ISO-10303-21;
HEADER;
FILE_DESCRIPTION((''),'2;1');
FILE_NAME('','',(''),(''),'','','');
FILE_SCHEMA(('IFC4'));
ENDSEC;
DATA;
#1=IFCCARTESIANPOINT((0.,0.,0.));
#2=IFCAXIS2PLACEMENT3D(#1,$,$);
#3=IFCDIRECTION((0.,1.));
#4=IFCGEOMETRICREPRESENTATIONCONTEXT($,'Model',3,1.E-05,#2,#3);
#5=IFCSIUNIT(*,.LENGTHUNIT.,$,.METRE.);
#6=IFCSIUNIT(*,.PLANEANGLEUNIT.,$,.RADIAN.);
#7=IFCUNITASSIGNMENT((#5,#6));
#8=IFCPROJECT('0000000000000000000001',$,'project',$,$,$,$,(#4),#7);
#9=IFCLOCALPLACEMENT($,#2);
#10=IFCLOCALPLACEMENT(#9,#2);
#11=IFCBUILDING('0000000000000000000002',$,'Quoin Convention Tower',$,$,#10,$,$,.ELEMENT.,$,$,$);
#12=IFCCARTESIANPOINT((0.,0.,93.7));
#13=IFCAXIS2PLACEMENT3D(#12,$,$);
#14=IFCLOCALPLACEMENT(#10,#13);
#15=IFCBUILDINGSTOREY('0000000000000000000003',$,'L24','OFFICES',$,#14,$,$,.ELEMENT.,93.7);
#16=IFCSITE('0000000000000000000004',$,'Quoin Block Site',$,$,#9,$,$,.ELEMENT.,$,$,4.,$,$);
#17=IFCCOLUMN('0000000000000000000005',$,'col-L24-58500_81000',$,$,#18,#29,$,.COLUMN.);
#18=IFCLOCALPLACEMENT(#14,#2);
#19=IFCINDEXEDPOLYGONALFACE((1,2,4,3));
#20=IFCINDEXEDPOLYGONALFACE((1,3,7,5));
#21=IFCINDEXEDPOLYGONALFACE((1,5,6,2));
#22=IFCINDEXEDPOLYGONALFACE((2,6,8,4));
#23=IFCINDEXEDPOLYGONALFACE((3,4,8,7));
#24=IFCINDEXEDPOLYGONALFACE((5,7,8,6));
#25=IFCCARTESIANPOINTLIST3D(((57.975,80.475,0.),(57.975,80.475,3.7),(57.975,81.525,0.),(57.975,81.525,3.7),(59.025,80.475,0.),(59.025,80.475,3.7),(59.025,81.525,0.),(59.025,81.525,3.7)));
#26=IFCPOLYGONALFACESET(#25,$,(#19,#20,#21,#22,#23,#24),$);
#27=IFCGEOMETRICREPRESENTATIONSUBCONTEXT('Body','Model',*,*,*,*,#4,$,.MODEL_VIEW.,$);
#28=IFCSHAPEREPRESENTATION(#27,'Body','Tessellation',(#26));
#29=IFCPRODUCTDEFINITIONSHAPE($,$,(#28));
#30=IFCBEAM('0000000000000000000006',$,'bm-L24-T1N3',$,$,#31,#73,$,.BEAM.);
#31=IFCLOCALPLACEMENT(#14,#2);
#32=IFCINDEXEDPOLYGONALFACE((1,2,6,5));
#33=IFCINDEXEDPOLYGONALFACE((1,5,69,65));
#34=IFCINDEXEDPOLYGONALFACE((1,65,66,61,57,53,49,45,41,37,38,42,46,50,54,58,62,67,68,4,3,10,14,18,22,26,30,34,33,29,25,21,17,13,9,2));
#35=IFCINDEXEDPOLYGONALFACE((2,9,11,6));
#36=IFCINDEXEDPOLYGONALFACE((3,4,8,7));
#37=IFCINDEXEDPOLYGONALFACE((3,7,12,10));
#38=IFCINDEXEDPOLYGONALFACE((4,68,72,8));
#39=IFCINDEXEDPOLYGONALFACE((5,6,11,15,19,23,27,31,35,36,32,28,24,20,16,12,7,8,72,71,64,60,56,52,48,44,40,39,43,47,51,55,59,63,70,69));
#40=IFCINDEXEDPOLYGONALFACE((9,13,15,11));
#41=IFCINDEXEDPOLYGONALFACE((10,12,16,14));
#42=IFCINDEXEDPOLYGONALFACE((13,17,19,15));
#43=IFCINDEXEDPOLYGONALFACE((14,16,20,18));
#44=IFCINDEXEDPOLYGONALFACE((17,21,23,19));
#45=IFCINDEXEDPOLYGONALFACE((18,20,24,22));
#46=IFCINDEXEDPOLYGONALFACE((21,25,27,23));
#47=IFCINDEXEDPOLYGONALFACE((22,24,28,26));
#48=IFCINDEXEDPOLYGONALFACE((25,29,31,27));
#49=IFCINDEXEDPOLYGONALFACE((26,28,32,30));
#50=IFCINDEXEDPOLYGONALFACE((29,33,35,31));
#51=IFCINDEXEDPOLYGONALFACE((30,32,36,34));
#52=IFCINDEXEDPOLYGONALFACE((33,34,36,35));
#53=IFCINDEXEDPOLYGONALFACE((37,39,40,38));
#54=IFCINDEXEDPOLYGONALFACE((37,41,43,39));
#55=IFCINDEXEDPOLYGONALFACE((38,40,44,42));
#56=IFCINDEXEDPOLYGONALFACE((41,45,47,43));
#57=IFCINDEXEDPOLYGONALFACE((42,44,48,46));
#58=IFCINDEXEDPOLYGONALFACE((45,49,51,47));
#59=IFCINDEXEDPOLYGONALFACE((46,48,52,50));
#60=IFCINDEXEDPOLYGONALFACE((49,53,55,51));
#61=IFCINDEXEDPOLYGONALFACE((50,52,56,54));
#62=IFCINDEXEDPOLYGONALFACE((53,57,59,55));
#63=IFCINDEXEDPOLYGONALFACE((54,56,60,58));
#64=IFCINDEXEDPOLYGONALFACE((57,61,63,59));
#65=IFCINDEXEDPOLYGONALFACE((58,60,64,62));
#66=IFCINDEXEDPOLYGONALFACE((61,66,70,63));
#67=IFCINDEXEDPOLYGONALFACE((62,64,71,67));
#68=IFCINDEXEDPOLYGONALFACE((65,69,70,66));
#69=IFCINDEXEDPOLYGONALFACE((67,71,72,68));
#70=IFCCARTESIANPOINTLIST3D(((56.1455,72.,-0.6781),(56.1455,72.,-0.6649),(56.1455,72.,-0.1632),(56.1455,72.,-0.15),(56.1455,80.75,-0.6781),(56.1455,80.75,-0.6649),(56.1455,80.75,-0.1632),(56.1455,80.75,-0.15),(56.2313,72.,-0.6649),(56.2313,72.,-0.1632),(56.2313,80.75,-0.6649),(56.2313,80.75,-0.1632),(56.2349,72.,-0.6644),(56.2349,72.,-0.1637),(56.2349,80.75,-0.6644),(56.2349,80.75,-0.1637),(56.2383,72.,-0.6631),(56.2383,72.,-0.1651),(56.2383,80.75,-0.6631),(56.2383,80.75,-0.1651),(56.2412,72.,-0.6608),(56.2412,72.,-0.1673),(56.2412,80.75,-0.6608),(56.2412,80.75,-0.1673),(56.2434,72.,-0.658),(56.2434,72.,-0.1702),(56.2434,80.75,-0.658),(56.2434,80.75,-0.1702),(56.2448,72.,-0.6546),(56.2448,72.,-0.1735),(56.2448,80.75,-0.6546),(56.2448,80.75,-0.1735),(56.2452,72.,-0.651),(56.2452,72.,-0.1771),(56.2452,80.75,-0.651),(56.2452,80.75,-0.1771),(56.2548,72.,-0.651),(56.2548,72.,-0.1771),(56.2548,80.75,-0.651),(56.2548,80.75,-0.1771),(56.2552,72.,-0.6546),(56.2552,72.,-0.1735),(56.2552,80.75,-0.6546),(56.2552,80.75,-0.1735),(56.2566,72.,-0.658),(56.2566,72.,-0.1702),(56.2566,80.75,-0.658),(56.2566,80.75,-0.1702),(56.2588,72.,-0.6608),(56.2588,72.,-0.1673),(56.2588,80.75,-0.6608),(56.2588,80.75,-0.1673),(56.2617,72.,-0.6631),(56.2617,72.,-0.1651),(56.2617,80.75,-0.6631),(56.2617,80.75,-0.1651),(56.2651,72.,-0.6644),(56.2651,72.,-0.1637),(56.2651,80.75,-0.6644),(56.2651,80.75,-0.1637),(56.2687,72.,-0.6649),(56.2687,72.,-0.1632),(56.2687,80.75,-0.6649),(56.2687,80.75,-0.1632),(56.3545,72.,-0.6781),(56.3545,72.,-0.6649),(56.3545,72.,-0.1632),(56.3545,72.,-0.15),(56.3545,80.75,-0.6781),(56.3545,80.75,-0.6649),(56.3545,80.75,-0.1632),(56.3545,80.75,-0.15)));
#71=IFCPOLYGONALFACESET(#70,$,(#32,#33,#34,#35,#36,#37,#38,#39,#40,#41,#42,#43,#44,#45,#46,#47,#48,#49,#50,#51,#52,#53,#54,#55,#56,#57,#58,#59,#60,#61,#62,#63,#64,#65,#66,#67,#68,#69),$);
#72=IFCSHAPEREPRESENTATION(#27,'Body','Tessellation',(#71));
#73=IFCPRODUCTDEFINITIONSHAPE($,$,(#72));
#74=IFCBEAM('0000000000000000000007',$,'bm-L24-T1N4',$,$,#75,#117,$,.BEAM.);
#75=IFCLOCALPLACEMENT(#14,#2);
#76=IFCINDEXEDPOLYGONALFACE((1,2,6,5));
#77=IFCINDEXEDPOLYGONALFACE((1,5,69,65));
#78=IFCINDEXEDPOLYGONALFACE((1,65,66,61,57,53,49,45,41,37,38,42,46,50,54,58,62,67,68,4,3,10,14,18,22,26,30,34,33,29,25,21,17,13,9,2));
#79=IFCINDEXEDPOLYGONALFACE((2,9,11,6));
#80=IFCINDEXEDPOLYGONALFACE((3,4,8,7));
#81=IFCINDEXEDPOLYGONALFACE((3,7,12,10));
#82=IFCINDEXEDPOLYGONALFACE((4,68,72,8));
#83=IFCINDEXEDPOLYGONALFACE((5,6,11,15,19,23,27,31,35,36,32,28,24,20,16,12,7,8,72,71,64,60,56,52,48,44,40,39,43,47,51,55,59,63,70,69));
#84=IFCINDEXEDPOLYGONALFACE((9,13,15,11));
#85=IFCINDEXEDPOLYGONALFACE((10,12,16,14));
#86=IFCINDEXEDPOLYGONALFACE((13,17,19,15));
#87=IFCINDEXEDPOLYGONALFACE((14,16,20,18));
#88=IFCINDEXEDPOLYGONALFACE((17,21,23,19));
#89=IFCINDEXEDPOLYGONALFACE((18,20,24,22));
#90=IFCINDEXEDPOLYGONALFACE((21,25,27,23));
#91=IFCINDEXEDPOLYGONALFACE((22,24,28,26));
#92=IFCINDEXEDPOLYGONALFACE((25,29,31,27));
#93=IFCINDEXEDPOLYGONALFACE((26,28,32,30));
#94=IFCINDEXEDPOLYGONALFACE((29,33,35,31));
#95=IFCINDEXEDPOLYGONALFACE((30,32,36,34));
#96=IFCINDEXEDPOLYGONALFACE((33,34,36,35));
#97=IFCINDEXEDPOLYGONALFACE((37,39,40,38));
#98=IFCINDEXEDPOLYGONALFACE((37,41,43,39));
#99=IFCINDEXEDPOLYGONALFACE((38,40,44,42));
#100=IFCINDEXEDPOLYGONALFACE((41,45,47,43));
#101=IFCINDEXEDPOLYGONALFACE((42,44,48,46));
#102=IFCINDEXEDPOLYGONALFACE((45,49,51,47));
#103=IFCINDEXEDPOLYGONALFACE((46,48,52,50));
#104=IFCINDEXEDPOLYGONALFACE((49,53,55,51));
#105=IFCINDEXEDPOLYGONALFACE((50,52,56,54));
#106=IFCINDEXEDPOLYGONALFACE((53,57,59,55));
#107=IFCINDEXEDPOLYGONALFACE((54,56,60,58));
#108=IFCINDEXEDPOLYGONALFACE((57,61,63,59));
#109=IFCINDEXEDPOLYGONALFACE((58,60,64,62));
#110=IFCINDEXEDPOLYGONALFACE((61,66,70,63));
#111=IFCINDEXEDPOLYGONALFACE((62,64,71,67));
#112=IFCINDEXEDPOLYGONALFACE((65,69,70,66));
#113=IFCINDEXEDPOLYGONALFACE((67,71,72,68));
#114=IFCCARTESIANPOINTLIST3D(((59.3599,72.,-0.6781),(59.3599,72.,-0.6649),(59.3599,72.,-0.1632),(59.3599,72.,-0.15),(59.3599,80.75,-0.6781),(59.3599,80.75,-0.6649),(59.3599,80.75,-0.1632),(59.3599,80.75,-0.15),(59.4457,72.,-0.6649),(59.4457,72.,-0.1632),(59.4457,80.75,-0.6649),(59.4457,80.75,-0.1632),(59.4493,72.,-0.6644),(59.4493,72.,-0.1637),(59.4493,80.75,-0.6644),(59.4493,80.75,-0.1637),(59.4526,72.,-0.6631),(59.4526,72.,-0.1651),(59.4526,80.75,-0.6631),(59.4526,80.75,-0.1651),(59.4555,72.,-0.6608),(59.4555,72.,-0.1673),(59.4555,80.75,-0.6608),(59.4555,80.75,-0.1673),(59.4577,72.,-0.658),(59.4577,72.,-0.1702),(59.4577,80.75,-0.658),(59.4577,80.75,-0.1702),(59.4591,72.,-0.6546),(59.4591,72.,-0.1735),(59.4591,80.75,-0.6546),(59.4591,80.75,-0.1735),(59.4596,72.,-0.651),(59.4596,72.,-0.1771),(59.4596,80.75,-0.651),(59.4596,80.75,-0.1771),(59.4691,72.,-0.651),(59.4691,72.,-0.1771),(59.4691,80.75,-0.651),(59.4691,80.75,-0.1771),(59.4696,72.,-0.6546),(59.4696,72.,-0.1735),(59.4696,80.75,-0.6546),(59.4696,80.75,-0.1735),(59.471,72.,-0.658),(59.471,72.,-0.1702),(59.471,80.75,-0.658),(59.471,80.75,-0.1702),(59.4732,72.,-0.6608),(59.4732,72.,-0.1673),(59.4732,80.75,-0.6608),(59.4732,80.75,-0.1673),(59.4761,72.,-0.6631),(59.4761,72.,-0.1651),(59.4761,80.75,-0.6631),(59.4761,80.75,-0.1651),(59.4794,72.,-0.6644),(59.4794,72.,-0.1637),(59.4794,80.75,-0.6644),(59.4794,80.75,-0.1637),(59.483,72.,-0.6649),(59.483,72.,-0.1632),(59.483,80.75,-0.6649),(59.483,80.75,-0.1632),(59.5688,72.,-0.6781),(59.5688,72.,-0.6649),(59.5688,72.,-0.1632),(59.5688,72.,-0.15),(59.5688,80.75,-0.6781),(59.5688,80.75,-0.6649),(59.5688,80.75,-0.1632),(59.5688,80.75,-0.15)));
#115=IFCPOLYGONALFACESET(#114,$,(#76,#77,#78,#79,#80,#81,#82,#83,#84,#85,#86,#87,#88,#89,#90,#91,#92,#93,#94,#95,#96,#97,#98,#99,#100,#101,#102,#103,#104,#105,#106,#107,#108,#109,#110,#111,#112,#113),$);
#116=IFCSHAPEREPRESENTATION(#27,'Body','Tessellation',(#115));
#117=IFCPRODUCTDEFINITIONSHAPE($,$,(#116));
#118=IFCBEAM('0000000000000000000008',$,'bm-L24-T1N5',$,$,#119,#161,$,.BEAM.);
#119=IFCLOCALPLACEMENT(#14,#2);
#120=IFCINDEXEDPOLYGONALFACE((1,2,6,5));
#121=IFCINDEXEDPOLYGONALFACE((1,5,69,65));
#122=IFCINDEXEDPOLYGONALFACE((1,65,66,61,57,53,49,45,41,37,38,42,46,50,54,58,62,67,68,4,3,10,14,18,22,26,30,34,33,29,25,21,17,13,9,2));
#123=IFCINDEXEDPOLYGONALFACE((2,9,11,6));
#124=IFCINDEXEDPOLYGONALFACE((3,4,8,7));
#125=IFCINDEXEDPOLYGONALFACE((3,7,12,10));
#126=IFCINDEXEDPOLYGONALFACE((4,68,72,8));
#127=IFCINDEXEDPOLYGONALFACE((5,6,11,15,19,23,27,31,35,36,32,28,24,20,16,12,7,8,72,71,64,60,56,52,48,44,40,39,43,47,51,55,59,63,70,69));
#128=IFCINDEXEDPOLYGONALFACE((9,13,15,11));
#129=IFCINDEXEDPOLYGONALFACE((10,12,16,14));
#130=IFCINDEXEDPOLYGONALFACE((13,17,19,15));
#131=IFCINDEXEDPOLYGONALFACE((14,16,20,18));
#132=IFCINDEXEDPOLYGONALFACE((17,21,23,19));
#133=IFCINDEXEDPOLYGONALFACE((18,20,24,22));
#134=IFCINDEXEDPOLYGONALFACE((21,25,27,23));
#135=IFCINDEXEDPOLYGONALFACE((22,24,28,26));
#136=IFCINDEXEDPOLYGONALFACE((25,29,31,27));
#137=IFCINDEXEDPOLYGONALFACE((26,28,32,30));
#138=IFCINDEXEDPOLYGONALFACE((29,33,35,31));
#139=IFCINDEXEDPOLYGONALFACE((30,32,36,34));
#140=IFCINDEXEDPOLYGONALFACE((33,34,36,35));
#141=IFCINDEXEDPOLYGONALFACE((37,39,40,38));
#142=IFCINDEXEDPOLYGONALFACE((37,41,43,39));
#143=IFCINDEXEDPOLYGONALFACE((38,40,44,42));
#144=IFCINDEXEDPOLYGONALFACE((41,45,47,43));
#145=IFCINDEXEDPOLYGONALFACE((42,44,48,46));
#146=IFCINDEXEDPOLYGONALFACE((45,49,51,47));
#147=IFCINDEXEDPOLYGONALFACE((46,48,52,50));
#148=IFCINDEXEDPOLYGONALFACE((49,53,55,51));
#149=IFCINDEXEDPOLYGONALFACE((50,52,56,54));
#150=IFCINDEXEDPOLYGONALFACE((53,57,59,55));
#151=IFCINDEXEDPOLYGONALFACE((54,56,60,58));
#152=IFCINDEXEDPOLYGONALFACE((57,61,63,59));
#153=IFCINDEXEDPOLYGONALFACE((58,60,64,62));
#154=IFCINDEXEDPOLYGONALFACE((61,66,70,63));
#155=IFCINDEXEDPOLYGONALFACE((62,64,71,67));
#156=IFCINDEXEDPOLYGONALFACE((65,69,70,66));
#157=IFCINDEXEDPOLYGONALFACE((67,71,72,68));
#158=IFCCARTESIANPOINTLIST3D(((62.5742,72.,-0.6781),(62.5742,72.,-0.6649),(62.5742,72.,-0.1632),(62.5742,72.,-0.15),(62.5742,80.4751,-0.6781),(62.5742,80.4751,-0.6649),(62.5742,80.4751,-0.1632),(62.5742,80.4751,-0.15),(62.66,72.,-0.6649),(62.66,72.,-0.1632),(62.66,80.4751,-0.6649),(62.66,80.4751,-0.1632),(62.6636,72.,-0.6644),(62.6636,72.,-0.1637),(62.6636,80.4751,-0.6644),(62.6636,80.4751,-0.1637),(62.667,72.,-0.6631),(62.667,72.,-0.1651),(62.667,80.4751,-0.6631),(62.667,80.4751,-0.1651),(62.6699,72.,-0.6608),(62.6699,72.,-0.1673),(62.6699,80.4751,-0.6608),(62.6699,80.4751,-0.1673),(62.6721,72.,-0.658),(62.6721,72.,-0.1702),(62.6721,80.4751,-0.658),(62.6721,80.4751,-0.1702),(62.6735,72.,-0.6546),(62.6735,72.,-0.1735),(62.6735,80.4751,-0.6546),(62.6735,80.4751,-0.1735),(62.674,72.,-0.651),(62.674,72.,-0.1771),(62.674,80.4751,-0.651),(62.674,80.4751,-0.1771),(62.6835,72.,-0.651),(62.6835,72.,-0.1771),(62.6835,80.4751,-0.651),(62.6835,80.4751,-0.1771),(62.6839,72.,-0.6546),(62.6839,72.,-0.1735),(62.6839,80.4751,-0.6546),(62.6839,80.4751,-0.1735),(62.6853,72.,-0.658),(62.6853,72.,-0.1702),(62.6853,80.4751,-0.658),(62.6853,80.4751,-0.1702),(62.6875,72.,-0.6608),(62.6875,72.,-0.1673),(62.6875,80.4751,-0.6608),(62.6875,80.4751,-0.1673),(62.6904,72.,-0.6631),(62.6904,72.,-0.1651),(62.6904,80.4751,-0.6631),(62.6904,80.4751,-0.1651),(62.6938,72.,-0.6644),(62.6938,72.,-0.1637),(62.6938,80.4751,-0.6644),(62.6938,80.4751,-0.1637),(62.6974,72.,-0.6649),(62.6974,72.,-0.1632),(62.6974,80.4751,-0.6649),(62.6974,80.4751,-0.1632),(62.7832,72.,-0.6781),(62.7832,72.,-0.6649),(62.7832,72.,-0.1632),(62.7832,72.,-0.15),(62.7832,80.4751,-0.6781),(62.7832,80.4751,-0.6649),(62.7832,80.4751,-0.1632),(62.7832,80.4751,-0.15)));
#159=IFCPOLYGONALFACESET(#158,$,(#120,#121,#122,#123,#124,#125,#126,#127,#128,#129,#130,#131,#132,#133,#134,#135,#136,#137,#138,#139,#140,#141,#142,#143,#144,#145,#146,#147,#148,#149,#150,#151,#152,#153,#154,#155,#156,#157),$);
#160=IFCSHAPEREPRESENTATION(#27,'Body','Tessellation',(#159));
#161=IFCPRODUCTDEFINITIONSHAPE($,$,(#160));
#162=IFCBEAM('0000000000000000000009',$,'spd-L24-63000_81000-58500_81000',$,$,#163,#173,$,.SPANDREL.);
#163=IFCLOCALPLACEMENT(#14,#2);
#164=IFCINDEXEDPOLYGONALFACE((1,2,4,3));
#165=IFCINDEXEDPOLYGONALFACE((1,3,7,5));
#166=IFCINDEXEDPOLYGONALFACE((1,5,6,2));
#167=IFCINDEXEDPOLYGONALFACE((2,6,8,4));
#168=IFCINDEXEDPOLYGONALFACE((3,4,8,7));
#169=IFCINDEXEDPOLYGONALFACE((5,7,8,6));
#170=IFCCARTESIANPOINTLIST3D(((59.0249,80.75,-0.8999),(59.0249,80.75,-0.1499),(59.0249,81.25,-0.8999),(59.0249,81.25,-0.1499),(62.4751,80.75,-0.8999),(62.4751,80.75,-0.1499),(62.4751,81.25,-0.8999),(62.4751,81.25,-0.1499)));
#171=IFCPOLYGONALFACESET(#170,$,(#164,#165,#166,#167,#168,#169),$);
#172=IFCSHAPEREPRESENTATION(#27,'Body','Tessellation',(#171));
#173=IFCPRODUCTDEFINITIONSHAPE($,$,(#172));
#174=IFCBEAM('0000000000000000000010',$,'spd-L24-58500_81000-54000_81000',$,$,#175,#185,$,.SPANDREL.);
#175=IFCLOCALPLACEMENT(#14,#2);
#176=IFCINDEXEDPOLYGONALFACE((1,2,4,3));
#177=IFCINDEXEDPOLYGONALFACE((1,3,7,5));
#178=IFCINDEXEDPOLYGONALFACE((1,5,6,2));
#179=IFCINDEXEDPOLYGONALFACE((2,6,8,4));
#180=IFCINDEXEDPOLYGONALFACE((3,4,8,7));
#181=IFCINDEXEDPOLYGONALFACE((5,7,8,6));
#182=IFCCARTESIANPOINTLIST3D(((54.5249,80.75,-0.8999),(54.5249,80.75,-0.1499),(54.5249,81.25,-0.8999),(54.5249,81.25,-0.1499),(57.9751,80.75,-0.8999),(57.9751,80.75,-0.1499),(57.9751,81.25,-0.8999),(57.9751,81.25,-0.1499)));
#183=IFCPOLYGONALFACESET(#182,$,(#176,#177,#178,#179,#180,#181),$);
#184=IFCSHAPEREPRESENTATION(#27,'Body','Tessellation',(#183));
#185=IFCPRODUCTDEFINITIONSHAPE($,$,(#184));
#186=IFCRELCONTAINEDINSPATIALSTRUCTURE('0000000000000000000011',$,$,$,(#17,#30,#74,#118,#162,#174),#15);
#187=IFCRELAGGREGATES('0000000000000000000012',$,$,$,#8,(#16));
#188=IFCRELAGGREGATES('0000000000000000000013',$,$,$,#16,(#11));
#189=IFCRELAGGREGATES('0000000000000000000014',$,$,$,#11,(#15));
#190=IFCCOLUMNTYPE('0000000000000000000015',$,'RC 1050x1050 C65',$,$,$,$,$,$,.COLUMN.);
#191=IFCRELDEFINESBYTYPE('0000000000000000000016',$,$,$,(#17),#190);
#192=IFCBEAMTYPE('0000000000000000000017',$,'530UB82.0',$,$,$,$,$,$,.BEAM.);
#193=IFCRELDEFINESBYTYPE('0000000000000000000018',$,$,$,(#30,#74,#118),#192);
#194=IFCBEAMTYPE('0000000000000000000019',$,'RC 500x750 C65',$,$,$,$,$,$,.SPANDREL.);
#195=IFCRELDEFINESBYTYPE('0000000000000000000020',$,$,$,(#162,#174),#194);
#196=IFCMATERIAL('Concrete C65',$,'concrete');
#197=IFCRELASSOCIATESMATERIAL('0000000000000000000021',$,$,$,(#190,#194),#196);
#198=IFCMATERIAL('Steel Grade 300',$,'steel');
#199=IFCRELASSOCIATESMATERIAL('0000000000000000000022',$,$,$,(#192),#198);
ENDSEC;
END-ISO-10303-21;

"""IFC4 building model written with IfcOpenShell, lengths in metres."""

from ifc_helpers import new_model, si_unit, direction, frame, origin, origin_2d, place, context, subcontext, project, spatial, rectangle, i_section, extrude, material, material_profile, profile_set, type_object, element, save


model = new_model("IFC4")

# Units and contexts
model_context = context("Model", 3, precision=1e-05, world=origin(), true_north=direction((0.0, 1.0)))
body_context = subcontext(model_context, "Body", "Model", "MODEL_VIEW")
ifc_project = project(units=[si_unit("LENGTHUNIT", "METRE"), si_unit("PLANEANGLEUNIT", "RADIAN")], contexts=[model_context])

# Site, building, storey
site_placement = place(None, origin())
site = spatial("IfcSite", under=ifc_project, at=site_placement, Name="Quoin Block Site", CompositionType="ELEMENT", RefElevation=4.0)
building_placement = place(site_placement, origin())
building = spatial("IfcBuilding", under=site, at=building_placement, Name="Quoin Convention Tower", CompositionType="ELEMENT")
storey_placement = place(building_placement, frame((0.0, 0.0, 93.7)))
storey = spatial("IfcBuildingStorey", under=building, at=storey_placement, Name="L24", Description="OFFICES", CompositionType="ELEMENT", Elevation=93.7)

# Column
ifc_material_1 = material(Name="Concrete C65", Category="concrete")
ifc_material_profile_1 = material_profile(ifc_material_1, rectangle(XDim=1.05, YDim=1.05, at=origin_2d()), Name="RC 1050x1050")
ifc_profile_set_1 = profile_set([ifc_material_profile_1], Name="Concrete C65")
column_type = type_object("IfcColumnType", Name="RC 1050x1050 C65", PredefinedType="COLUMN", material=ifc_profile_set_1)
column_placement = place(storey_placement, frame((58.5, 81.0, 0.0), z_axis=(0.0, 0.0, 1.0), x_axis=(1.0, 0.0, 0.0)))
element("IfcColumn", 1, at=column_placement, inside=storey, type_object=column_type, Name="col-L24-58500_81000", PredefinedType="COLUMN", context=body_context, shape_type="SweptSolid", body=[
    extrude(rectangle(XDim=1.05, YDim=1.05, at=origin_2d()), origin(), (0.0, 0.0, 1.0), 3.7),
])

# Beams
ifc_material_2 = material(Name="Steel Grade 300", Category="steel")
ifc_material_profile_2 = material_profile(ifc_material_2, i_section(OverallWidth=0.209, OverallDepth=0.5281, WebThickness=0.0095, FlangeThickness=0.0132, FilletRadius=0.0139, at=origin_2d()), Name="530UB82.0")
ifc_profile_set_2 = profile_set([ifc_material_profile_2], Name="Steel Grade 300")
beam_type_1 = type_object("IfcBeamType", Name="530UB82.0", PredefinedType="BEAM", material=ifc_profile_set_2)
for number, where, z_axis, x_axis, name in (
    (2, (56.25, 72.0, -0.4141), (0.0, 1.0, 0.0), (-1.0, 0.0, 0.0), "bm-L24-T1N3"),
    (3, (59.4644, 72.0, -0.4141), (0.0, 1.0, 0.0), (-1.0, 0.0, 0.0), "bm-L24-T1N4"),
):
    element("IfcBeam", number, at=place(storey_placement, frame(where, z_axis=z_axis, x_axis=x_axis)), inside=storey, type_object=beam_type_1, Name=name, PredefinedType="BEAM", context=body_context, shape_type="SweptSolid", body=[
        extrude(i_section(OverallWidth=0.209, OverallDepth=0.5281, WebThickness=0.0095, FlangeThickness=0.0132, FilletRadius=0.0139, at=origin_2d()), origin(), (0.0, 0.0, 1.0), 8.75),
    ])
beam_placement = place(storey_placement, frame((62.6787, 72.0, -0.4141), z_axis=(0.0, 1.0, 0.0), x_axis=(-1.0, 0.0, 0.0)))
element("IfcBeam", 4, at=beam_placement, inside=storey, type_object=beam_type_1, Name="bm-L24-T1N5", PredefinedType="BEAM", context=body_context, shape_type="SweptSolid", body=[
    extrude(i_section(OverallWidth=0.209, OverallDepth=0.5281, WebThickness=0.0095, FlangeThickness=0.0132, FilletRadius=0.0139, at=origin_2d()), origin(), (0.0, 0.0, 1.0), 8.4751),
])
ifc_material_profile_3 = material_profile(ifc_material_1, rectangle(XDim=0.5, YDim=0.75, at=origin_2d()), Name="RC 500x750")
ifc_profile_set_3 = profile_set([ifc_material_profile_3], Name="Concrete C65")
beam_type_2 = type_object("IfcBeamType", Name="RC 500x750 C65", PredefinedType="SPANDREL", material=ifc_profile_set_3)
for number, where, z_axis, x_axis, name in (
    (5, (62.4751, 81.0, -0.5249), (-1.0, 0.0, 0.0), (0.0, -1.0, 0.0), "spd-L24-63000_81000-58500_81000"),
    (6, (57.9751, 81.0, -0.5249), (-1.0, 0.0, 0.0), (0.0, -1.0, 0.0), "spd-L24-58500_81000-54000_81000"),
):
    element("IfcBeam", number, at=place(storey_placement, frame(where, z_axis=z_axis, x_axis=x_axis)), inside=storey, type_object=beam_type_2, Name=name, PredefinedType="SPANDREL", context=body_context, shape_type="SweptSolid", body=[
        extrude(rectangle(XDim=0.5, YDim=0.75, at=origin_2d()), origin(), (0.0, 0.0, 1.0), 3.4502),
    ])

save(model, "model.ifc")
